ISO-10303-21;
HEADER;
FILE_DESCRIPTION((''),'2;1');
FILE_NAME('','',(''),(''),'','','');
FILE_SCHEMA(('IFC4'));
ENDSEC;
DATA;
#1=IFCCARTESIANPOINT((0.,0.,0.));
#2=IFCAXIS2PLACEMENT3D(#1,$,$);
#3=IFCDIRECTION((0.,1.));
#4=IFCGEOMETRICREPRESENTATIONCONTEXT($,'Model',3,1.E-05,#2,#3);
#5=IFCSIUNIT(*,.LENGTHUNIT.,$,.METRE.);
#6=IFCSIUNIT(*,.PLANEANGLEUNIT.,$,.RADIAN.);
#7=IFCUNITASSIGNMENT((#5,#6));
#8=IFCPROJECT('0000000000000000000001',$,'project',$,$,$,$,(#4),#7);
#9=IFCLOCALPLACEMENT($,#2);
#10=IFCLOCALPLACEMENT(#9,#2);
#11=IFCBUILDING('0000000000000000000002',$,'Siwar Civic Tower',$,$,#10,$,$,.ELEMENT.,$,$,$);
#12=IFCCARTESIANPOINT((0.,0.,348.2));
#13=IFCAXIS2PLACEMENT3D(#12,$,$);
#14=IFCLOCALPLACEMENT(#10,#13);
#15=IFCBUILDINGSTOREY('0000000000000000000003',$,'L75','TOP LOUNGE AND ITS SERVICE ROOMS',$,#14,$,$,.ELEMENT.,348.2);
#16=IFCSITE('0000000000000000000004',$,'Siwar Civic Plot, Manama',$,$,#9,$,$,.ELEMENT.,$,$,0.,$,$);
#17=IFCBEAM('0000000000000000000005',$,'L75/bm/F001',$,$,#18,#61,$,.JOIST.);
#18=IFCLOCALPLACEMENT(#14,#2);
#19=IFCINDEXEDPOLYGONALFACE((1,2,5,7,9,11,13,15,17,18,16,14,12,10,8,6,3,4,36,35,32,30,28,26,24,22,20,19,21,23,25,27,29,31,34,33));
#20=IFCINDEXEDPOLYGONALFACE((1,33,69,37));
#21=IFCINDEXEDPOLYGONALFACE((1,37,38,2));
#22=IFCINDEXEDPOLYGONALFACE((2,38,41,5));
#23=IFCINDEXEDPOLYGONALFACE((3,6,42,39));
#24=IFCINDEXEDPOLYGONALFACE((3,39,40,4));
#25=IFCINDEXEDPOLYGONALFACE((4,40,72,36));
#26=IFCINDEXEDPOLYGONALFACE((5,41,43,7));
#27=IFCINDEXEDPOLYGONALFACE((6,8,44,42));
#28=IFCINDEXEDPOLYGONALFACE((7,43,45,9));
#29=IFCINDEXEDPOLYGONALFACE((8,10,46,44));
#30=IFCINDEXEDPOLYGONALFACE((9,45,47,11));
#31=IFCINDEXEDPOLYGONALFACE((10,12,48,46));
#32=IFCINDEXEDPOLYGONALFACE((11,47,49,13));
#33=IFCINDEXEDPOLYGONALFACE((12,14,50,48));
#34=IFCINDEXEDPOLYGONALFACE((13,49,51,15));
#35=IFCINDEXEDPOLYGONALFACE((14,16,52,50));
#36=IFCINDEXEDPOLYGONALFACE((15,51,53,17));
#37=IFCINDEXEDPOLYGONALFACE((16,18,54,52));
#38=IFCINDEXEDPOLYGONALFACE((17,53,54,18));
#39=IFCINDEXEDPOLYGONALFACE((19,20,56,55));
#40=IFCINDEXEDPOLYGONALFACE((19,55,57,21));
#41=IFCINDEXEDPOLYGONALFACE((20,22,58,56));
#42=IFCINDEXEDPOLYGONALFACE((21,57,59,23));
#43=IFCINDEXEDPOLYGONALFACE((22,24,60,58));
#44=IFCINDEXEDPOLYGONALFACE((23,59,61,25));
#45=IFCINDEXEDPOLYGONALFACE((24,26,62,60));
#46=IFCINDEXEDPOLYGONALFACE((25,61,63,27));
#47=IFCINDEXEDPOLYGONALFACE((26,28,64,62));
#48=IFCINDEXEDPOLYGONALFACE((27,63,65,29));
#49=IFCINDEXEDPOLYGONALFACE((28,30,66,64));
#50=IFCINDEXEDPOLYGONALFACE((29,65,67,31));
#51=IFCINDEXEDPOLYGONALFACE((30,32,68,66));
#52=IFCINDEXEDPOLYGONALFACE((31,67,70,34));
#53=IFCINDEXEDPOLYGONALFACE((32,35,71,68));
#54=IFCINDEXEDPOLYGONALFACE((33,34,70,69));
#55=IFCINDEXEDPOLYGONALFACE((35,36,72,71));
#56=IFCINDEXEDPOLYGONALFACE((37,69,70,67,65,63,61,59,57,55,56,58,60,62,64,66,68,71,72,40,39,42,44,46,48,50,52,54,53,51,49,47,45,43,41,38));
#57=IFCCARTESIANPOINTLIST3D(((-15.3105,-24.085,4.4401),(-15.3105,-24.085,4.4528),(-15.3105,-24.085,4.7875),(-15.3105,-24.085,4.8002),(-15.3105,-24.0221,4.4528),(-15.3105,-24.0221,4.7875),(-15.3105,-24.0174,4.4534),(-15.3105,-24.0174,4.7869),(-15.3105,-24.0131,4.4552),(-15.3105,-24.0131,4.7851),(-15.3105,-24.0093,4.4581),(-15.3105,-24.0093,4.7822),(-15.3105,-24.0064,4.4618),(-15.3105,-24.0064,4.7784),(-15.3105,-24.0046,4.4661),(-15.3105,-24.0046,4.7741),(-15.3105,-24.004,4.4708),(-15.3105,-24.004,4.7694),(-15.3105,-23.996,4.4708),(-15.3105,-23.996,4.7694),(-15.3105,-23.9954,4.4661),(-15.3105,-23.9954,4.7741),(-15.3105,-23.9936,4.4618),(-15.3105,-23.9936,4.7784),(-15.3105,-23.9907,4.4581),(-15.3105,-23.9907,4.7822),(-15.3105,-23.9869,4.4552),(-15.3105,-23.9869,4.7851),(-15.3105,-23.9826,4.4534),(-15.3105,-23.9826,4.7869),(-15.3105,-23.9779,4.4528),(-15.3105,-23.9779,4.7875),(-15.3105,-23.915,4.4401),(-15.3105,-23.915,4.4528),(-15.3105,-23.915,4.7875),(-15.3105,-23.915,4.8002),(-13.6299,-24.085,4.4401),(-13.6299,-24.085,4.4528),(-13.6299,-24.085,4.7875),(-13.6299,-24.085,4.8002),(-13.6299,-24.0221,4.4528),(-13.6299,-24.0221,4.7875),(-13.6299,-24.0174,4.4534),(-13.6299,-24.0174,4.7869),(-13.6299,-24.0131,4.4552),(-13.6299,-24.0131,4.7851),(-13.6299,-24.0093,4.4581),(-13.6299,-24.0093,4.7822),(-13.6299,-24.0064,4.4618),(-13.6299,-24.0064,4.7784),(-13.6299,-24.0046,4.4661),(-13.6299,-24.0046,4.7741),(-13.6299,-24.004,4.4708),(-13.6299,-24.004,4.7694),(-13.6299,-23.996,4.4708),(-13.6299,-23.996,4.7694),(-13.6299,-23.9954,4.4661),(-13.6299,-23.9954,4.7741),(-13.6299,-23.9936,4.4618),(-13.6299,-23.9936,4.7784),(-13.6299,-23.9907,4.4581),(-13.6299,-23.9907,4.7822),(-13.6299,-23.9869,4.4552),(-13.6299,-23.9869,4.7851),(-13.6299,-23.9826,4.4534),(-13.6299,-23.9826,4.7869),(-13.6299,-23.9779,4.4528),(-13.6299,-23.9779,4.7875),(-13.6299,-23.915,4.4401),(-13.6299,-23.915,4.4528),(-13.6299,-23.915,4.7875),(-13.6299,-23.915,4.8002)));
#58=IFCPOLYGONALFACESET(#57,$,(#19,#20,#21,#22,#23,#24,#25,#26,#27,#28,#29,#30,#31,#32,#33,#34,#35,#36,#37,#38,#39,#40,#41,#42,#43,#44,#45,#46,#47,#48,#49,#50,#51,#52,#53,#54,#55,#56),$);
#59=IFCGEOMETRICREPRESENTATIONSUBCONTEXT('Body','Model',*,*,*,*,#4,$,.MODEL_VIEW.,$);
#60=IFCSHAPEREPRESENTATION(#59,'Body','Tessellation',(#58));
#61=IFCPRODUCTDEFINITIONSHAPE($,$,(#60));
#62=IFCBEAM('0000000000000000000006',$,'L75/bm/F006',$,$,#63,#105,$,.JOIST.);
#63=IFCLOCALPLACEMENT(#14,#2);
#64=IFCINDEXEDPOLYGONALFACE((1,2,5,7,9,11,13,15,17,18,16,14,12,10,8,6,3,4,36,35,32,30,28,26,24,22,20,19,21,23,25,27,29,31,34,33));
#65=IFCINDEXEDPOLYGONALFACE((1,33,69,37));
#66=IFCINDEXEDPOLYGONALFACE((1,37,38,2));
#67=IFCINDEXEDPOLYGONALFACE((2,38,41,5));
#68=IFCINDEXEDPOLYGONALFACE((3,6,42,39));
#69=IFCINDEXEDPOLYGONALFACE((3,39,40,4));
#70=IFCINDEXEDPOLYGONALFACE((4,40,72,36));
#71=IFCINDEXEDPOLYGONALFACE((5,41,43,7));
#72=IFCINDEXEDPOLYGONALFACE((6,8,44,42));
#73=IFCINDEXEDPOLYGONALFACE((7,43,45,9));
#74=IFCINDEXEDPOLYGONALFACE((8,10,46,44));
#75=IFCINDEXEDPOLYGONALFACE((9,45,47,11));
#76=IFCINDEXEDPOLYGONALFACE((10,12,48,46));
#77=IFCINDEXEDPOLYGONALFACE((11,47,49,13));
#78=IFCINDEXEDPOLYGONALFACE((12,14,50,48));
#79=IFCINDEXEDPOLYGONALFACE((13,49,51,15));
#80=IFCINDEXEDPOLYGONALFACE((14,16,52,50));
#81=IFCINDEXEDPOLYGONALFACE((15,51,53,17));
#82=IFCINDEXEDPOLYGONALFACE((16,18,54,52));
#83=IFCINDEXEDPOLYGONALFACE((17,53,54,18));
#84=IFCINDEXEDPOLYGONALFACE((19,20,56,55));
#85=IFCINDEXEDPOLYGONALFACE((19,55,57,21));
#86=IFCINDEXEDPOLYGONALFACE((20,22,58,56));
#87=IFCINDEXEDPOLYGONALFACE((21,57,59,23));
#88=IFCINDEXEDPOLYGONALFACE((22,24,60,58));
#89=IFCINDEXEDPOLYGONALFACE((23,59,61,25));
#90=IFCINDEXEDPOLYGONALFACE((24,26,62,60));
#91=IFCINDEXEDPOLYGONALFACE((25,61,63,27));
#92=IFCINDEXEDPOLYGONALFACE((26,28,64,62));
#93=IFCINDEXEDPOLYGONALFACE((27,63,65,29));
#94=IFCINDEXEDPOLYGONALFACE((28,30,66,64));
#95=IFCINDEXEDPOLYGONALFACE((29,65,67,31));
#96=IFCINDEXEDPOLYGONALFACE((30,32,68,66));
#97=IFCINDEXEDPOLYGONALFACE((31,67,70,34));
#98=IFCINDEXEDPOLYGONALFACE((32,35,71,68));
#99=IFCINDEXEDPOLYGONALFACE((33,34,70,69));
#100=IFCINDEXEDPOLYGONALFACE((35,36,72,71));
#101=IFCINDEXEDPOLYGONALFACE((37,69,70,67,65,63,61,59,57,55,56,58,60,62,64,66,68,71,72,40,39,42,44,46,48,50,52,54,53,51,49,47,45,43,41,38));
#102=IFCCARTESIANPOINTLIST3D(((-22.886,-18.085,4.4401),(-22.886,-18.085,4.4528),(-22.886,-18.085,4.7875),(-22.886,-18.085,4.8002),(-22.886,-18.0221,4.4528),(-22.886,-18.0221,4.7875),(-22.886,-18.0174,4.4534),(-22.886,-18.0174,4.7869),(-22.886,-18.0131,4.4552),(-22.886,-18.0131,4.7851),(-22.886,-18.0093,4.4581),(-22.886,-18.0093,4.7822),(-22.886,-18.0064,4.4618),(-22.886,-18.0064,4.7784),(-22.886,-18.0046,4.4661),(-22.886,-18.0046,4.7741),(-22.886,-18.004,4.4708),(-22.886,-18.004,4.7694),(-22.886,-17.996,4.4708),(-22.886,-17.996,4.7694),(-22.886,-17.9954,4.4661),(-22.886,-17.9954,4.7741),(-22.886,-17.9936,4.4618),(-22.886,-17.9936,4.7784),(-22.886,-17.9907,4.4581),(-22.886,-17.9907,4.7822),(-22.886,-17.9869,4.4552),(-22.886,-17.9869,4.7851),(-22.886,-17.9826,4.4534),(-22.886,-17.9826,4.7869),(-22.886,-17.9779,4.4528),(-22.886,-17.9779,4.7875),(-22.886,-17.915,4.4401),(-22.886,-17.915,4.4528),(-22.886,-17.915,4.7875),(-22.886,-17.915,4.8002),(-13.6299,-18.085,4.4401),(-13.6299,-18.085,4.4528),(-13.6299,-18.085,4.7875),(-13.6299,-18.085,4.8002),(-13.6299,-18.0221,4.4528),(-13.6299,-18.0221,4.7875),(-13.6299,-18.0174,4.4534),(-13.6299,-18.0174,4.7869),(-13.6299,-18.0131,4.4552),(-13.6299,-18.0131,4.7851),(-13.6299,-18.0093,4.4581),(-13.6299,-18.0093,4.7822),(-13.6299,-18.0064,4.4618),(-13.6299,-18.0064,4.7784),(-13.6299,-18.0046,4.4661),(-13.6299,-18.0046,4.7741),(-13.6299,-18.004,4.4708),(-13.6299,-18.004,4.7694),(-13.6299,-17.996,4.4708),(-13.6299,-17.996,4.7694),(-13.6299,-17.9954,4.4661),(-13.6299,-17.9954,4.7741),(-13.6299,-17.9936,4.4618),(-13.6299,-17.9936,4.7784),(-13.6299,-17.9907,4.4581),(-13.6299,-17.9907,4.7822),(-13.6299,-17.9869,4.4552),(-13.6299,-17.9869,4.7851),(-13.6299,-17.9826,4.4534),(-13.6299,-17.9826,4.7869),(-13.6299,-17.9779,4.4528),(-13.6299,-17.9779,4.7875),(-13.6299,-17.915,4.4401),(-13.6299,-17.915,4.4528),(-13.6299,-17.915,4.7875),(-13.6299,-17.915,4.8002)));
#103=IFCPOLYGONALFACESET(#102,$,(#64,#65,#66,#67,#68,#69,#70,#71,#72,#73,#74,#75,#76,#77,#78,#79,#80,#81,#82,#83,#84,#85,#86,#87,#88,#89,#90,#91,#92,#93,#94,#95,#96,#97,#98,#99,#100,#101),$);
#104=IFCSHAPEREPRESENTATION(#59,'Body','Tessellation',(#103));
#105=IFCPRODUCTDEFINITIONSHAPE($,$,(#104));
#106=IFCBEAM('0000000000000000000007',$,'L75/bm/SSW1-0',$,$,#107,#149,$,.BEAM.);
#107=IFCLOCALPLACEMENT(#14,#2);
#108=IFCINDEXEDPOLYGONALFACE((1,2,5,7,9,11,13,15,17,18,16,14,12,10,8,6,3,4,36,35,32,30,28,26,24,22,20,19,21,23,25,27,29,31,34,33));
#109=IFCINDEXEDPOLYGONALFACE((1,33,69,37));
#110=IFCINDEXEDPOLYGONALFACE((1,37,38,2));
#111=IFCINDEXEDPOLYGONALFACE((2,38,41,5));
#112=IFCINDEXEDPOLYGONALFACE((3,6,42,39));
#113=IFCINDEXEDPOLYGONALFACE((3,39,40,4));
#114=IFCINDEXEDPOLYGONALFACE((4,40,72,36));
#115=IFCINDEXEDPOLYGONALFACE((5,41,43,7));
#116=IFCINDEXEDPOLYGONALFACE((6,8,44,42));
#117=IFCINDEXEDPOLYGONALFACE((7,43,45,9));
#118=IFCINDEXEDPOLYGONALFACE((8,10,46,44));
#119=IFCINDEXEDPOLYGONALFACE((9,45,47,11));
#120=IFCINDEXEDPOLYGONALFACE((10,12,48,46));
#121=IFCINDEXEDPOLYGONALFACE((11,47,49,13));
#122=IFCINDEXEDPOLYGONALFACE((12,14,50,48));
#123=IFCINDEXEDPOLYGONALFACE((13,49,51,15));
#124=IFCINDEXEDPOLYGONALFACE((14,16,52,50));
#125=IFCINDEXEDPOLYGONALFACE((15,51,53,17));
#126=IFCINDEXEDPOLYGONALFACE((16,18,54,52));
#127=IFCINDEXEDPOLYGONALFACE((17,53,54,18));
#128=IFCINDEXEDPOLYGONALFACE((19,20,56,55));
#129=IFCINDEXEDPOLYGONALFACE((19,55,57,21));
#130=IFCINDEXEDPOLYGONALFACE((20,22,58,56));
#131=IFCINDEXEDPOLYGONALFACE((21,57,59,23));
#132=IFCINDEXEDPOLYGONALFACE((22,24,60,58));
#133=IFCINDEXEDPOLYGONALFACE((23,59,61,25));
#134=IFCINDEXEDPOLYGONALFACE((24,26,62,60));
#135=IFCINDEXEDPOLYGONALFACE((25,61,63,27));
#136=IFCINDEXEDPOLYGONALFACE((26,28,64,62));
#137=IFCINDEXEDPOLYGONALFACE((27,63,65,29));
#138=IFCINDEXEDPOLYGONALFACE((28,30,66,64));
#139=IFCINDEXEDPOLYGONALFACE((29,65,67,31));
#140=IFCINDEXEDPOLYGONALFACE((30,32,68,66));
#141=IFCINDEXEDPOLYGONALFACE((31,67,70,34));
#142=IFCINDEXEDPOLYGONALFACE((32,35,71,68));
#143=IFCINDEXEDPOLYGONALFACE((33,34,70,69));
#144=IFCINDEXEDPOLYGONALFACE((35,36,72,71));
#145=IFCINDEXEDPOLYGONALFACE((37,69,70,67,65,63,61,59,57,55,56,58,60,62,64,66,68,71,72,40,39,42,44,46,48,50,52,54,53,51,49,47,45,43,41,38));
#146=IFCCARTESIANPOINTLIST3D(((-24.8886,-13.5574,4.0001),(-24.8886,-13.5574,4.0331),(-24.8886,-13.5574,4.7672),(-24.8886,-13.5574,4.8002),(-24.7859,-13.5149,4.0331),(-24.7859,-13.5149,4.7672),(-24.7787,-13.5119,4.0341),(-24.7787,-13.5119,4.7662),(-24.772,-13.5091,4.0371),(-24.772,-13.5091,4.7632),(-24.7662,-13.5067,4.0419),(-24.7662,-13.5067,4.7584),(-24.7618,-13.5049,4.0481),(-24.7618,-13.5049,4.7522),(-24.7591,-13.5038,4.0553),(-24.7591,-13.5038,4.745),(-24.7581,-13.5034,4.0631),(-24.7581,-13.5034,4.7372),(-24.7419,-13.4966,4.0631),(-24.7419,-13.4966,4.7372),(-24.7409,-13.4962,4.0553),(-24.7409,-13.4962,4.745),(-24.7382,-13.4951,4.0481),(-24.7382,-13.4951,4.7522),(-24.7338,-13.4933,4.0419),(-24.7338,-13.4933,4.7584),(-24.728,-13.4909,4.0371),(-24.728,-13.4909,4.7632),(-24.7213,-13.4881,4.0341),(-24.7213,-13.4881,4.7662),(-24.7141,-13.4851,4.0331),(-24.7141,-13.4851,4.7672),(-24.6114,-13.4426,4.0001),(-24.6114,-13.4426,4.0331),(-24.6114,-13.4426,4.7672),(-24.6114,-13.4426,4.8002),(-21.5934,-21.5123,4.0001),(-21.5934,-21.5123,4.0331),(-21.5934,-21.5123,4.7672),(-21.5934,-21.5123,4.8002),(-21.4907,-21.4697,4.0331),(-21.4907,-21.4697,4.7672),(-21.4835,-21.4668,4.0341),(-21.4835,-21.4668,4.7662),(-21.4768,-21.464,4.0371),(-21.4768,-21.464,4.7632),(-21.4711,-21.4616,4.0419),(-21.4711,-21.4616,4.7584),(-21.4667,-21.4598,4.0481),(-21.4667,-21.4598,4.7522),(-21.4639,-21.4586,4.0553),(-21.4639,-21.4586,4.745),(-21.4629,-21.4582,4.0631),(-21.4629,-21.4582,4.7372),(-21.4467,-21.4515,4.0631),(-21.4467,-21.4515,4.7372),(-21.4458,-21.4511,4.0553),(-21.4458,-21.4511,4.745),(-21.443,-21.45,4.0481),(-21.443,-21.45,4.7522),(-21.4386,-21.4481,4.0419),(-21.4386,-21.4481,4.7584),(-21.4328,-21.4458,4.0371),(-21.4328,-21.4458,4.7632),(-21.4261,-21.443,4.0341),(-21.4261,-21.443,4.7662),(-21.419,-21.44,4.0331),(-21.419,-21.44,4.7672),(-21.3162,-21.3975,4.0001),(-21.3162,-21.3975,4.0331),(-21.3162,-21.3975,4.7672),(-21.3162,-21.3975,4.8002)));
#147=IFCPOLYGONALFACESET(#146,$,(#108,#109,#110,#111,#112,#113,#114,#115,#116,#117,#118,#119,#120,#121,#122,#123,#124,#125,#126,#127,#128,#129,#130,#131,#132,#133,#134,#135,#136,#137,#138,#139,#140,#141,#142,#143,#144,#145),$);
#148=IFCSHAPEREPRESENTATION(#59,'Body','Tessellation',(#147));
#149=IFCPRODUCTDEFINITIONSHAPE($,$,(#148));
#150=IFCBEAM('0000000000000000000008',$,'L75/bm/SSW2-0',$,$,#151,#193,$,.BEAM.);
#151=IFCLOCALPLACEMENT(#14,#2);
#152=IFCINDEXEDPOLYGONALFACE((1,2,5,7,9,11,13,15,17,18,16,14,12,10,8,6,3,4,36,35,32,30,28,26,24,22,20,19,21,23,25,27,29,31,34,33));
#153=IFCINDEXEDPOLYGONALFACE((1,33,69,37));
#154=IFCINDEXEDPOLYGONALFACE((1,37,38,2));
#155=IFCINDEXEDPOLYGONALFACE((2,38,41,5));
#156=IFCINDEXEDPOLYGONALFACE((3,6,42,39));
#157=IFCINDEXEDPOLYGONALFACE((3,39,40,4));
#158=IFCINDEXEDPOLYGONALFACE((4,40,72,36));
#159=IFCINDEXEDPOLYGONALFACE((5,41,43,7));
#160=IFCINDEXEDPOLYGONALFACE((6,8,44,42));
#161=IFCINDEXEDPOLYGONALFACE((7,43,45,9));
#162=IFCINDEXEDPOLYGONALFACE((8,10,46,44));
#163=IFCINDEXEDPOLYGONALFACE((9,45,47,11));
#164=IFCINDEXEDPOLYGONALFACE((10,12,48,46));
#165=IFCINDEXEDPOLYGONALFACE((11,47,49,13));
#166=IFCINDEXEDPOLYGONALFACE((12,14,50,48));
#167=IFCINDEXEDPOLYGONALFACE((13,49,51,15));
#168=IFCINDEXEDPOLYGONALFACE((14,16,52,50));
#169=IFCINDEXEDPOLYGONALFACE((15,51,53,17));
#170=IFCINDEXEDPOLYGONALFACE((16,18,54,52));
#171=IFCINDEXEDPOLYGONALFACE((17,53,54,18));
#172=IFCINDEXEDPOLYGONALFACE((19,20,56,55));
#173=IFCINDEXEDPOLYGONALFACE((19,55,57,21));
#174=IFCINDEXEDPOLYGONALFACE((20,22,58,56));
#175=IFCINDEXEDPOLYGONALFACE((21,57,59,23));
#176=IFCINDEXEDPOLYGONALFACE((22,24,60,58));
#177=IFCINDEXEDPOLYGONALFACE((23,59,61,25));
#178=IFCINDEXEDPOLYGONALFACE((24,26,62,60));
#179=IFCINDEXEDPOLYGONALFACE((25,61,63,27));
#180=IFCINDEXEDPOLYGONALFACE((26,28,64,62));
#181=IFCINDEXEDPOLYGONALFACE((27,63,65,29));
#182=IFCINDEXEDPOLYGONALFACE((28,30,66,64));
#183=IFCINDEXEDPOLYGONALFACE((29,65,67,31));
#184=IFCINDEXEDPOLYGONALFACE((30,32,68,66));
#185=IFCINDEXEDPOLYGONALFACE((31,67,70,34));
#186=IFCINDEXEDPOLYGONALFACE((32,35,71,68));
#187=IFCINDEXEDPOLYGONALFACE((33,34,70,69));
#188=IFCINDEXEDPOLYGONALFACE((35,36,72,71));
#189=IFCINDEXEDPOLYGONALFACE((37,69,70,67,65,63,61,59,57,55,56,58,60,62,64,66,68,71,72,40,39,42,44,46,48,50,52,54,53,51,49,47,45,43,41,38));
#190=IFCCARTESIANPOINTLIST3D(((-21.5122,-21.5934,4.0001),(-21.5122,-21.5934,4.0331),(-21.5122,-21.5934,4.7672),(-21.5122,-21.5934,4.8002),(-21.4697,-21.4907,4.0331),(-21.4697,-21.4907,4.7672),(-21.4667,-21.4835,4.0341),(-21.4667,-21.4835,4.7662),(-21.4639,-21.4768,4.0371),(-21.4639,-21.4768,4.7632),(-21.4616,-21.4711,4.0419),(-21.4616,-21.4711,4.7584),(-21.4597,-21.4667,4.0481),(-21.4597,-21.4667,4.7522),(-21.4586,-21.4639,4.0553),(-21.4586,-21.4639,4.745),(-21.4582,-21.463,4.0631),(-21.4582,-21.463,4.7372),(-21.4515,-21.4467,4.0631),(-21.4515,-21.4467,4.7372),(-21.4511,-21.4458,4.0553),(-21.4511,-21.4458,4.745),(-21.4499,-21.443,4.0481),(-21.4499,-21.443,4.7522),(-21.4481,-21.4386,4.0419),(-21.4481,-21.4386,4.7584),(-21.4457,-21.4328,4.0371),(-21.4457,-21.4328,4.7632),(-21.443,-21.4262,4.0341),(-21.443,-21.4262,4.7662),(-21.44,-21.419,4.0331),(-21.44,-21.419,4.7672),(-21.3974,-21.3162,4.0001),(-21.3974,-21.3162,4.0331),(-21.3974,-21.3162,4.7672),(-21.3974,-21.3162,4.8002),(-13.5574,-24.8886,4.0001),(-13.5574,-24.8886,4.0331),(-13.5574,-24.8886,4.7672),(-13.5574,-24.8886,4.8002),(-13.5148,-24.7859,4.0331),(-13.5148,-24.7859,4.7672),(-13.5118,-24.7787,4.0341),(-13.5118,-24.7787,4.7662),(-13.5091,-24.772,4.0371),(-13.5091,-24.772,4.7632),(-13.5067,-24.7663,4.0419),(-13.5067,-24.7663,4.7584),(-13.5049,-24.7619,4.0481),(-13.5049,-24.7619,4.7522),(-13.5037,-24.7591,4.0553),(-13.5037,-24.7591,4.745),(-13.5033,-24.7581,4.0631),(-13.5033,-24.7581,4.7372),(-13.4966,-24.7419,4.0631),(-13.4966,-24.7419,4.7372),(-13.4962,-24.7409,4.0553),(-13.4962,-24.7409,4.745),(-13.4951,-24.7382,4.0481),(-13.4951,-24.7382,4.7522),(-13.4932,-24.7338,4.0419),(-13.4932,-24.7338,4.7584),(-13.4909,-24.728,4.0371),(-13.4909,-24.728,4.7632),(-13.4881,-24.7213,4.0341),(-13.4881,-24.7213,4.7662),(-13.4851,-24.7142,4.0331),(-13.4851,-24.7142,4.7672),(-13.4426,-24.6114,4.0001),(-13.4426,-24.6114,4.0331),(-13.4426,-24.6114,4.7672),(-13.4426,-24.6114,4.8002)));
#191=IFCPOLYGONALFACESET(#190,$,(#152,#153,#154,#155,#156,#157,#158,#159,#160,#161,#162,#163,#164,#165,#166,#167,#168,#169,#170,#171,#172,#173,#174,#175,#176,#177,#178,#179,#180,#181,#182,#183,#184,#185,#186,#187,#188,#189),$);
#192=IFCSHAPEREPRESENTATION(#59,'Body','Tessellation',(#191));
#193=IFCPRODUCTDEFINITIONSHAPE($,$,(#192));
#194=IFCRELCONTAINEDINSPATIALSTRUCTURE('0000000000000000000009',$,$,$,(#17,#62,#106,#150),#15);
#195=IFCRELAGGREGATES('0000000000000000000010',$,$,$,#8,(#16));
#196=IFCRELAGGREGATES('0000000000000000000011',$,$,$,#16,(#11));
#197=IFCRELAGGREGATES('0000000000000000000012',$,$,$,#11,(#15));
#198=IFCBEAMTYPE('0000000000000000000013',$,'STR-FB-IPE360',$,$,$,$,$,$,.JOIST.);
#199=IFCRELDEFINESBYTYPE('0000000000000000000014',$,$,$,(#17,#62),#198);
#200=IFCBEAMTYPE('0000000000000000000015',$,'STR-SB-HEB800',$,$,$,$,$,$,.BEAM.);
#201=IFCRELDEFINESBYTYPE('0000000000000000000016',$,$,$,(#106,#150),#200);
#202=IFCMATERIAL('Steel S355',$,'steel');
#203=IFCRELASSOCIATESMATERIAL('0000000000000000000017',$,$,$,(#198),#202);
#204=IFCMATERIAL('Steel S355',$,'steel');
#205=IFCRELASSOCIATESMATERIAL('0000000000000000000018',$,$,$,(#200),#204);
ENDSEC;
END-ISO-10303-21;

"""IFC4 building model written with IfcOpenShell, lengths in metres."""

from ifc_helpers import new_model, si_unit, direction, frame, origin, origin_2d, place, context, subcontext, project, spatial, i_section, extrude, material, material_profile, profile_set, type_object, element, save


model = new_model("IFC4")

# Units and contexts
model_context = context("Model", 3, precision=1e-05, world=origin(), true_north=direction((0.0, 1.0)))
body_context = subcontext(model_context, "Body", "Model", "MODEL_VIEW")
ifc_project = project(units=[si_unit("LENGTHUNIT", "METRE"), si_unit("PLANEANGLEUNIT", "RADIAN")], contexts=[model_context])

# Site, building, storey
site_placement = place(None, origin())
site = spatial("IfcSite", under=ifc_project, at=site_placement, Name="Siwar Civic Plot, Manama", CompositionType="ELEMENT", RefElevation=0.0)
building_placement = place(site_placement, origin())
building = spatial("IfcBuilding", under=site, at=building_placement, Name="Siwar Civic Tower", CompositionType="ELEMENT")
storey_placement = place(building_placement, frame((0.0, 0.0, 348.2)))
storey = spatial("IfcBuildingStorey", under=building, at=storey_placement, Name="L75", Description="TOP LOUNGE AND ITS SERVICE ROOMS", CompositionType="ELEMENT", Elevation=348.2)

# Beams
ifc_material_1 = material(Name="Steel S355", Category="steel")
ifc_material_profile_1 = material_profile(ifc_material_1, i_section(OverallWidth=0.1699, OverallDepth=0.3601, WebThickness=0.0081, FlangeThickness=0.0127, FilletRadius=0.0181, at=origin_2d()), Name="IPE360")
ifc_profile_set_1 = profile_set([ifc_material_profile_1], Name="Steel S355")
beam_type_1 = type_object("IfcBeamType", Name="STR-FB-IPE360", PredefinedType="JOIST", material=ifc_profile_set_1)
beam_1_placement = place(storey_placement, frame((-15.3105, -24.0, 4.6201), z_axis=(1.0, 0.0, 0.0), x_axis=(0.0, 1.0, 0.0)))
element("IfcBeam", 1, at=beam_1_placement, inside=storey, type_object=beam_type_1, Name="L75/bm/F001", PredefinedType="JOIST", context=body_context, shape_type="SweptSolid", body=[
    extrude(i_section(OverallWidth=0.1699, OverallDepth=0.3601, WebThickness=0.0081, FlangeThickness=0.0127, FilletRadius=0.0181, at=origin_2d()), origin(), (0.0, 0.0, 1.0), 1.6807),
])
beam_2_placement = place(storey_placement, frame((-22.886, -18.0, 4.6201), z_axis=(1.0, 0.0, 0.0), x_axis=(0.0, 1.0, 0.0)))
element("IfcBeam", 2, at=beam_2_placement, inside=storey, type_object=beam_type_1, Name="L75/bm/F006", PredefinedType="JOIST", context=body_context, shape_type="SweptSolid", body=[
    extrude(i_section(OverallWidth=0.1699, OverallDepth=0.3601, WebThickness=0.0081, FlangeThickness=0.0127, FilletRadius=0.0181, at=origin_2d()), origin(), (0.0, 0.0, 1.0), 9.2561),
])
ifc_material_2 = material(Name="Steel S355", Category="steel")
ifc_material_profile_2 = material_profile(ifc_material_2, i_section(OverallWidth=0.3, OverallDepth=0.8, WebThickness=0.0176, FlangeThickness=0.033, FilletRadius=0.03, at=origin_2d()), Name="HEB800")
ifc_profile_set_2 = profile_set([ifc_material_profile_2], Name="Steel S355")
beam_type_2 = type_object("IfcBeamType", Name="STR-SB-HEB800", PredefinedType="BEAM", material=ifc_profile_set_2)
for number, where, z_axis, x_axis, name in (
    (3, (-24.75, -13.5, 4.4001), (0.3827, -0.923873, 0.0), (0.923873, 0.3827, 0.0), "L75/bm/SSW1-0"),
    (4, (-21.4548, -21.4548, 4.4001), (0.923873, -0.3827, 0.0), (0.3827, 0.923873, 0.0), "L75/bm/SSW2-0"),
):
    element("IfcBeam", number, at=place(storey_placement, frame(where, z_axis=z_axis, x_axis=x_axis)), inside=storey, type_object=beam_type_2, Name=name, PredefinedType="BEAM", context=body_context, shape_type="SweptSolid", body=[
        extrude(i_section(OverallWidth=0.3, OverallDepth=0.8, WebThickness=0.0176, FlangeThickness=0.033, FilletRadius=0.03, at=origin_2d()), origin(), (0.0, 0.0, 1.0), 8.6104),
    ])

save(model, "model.ifc")
